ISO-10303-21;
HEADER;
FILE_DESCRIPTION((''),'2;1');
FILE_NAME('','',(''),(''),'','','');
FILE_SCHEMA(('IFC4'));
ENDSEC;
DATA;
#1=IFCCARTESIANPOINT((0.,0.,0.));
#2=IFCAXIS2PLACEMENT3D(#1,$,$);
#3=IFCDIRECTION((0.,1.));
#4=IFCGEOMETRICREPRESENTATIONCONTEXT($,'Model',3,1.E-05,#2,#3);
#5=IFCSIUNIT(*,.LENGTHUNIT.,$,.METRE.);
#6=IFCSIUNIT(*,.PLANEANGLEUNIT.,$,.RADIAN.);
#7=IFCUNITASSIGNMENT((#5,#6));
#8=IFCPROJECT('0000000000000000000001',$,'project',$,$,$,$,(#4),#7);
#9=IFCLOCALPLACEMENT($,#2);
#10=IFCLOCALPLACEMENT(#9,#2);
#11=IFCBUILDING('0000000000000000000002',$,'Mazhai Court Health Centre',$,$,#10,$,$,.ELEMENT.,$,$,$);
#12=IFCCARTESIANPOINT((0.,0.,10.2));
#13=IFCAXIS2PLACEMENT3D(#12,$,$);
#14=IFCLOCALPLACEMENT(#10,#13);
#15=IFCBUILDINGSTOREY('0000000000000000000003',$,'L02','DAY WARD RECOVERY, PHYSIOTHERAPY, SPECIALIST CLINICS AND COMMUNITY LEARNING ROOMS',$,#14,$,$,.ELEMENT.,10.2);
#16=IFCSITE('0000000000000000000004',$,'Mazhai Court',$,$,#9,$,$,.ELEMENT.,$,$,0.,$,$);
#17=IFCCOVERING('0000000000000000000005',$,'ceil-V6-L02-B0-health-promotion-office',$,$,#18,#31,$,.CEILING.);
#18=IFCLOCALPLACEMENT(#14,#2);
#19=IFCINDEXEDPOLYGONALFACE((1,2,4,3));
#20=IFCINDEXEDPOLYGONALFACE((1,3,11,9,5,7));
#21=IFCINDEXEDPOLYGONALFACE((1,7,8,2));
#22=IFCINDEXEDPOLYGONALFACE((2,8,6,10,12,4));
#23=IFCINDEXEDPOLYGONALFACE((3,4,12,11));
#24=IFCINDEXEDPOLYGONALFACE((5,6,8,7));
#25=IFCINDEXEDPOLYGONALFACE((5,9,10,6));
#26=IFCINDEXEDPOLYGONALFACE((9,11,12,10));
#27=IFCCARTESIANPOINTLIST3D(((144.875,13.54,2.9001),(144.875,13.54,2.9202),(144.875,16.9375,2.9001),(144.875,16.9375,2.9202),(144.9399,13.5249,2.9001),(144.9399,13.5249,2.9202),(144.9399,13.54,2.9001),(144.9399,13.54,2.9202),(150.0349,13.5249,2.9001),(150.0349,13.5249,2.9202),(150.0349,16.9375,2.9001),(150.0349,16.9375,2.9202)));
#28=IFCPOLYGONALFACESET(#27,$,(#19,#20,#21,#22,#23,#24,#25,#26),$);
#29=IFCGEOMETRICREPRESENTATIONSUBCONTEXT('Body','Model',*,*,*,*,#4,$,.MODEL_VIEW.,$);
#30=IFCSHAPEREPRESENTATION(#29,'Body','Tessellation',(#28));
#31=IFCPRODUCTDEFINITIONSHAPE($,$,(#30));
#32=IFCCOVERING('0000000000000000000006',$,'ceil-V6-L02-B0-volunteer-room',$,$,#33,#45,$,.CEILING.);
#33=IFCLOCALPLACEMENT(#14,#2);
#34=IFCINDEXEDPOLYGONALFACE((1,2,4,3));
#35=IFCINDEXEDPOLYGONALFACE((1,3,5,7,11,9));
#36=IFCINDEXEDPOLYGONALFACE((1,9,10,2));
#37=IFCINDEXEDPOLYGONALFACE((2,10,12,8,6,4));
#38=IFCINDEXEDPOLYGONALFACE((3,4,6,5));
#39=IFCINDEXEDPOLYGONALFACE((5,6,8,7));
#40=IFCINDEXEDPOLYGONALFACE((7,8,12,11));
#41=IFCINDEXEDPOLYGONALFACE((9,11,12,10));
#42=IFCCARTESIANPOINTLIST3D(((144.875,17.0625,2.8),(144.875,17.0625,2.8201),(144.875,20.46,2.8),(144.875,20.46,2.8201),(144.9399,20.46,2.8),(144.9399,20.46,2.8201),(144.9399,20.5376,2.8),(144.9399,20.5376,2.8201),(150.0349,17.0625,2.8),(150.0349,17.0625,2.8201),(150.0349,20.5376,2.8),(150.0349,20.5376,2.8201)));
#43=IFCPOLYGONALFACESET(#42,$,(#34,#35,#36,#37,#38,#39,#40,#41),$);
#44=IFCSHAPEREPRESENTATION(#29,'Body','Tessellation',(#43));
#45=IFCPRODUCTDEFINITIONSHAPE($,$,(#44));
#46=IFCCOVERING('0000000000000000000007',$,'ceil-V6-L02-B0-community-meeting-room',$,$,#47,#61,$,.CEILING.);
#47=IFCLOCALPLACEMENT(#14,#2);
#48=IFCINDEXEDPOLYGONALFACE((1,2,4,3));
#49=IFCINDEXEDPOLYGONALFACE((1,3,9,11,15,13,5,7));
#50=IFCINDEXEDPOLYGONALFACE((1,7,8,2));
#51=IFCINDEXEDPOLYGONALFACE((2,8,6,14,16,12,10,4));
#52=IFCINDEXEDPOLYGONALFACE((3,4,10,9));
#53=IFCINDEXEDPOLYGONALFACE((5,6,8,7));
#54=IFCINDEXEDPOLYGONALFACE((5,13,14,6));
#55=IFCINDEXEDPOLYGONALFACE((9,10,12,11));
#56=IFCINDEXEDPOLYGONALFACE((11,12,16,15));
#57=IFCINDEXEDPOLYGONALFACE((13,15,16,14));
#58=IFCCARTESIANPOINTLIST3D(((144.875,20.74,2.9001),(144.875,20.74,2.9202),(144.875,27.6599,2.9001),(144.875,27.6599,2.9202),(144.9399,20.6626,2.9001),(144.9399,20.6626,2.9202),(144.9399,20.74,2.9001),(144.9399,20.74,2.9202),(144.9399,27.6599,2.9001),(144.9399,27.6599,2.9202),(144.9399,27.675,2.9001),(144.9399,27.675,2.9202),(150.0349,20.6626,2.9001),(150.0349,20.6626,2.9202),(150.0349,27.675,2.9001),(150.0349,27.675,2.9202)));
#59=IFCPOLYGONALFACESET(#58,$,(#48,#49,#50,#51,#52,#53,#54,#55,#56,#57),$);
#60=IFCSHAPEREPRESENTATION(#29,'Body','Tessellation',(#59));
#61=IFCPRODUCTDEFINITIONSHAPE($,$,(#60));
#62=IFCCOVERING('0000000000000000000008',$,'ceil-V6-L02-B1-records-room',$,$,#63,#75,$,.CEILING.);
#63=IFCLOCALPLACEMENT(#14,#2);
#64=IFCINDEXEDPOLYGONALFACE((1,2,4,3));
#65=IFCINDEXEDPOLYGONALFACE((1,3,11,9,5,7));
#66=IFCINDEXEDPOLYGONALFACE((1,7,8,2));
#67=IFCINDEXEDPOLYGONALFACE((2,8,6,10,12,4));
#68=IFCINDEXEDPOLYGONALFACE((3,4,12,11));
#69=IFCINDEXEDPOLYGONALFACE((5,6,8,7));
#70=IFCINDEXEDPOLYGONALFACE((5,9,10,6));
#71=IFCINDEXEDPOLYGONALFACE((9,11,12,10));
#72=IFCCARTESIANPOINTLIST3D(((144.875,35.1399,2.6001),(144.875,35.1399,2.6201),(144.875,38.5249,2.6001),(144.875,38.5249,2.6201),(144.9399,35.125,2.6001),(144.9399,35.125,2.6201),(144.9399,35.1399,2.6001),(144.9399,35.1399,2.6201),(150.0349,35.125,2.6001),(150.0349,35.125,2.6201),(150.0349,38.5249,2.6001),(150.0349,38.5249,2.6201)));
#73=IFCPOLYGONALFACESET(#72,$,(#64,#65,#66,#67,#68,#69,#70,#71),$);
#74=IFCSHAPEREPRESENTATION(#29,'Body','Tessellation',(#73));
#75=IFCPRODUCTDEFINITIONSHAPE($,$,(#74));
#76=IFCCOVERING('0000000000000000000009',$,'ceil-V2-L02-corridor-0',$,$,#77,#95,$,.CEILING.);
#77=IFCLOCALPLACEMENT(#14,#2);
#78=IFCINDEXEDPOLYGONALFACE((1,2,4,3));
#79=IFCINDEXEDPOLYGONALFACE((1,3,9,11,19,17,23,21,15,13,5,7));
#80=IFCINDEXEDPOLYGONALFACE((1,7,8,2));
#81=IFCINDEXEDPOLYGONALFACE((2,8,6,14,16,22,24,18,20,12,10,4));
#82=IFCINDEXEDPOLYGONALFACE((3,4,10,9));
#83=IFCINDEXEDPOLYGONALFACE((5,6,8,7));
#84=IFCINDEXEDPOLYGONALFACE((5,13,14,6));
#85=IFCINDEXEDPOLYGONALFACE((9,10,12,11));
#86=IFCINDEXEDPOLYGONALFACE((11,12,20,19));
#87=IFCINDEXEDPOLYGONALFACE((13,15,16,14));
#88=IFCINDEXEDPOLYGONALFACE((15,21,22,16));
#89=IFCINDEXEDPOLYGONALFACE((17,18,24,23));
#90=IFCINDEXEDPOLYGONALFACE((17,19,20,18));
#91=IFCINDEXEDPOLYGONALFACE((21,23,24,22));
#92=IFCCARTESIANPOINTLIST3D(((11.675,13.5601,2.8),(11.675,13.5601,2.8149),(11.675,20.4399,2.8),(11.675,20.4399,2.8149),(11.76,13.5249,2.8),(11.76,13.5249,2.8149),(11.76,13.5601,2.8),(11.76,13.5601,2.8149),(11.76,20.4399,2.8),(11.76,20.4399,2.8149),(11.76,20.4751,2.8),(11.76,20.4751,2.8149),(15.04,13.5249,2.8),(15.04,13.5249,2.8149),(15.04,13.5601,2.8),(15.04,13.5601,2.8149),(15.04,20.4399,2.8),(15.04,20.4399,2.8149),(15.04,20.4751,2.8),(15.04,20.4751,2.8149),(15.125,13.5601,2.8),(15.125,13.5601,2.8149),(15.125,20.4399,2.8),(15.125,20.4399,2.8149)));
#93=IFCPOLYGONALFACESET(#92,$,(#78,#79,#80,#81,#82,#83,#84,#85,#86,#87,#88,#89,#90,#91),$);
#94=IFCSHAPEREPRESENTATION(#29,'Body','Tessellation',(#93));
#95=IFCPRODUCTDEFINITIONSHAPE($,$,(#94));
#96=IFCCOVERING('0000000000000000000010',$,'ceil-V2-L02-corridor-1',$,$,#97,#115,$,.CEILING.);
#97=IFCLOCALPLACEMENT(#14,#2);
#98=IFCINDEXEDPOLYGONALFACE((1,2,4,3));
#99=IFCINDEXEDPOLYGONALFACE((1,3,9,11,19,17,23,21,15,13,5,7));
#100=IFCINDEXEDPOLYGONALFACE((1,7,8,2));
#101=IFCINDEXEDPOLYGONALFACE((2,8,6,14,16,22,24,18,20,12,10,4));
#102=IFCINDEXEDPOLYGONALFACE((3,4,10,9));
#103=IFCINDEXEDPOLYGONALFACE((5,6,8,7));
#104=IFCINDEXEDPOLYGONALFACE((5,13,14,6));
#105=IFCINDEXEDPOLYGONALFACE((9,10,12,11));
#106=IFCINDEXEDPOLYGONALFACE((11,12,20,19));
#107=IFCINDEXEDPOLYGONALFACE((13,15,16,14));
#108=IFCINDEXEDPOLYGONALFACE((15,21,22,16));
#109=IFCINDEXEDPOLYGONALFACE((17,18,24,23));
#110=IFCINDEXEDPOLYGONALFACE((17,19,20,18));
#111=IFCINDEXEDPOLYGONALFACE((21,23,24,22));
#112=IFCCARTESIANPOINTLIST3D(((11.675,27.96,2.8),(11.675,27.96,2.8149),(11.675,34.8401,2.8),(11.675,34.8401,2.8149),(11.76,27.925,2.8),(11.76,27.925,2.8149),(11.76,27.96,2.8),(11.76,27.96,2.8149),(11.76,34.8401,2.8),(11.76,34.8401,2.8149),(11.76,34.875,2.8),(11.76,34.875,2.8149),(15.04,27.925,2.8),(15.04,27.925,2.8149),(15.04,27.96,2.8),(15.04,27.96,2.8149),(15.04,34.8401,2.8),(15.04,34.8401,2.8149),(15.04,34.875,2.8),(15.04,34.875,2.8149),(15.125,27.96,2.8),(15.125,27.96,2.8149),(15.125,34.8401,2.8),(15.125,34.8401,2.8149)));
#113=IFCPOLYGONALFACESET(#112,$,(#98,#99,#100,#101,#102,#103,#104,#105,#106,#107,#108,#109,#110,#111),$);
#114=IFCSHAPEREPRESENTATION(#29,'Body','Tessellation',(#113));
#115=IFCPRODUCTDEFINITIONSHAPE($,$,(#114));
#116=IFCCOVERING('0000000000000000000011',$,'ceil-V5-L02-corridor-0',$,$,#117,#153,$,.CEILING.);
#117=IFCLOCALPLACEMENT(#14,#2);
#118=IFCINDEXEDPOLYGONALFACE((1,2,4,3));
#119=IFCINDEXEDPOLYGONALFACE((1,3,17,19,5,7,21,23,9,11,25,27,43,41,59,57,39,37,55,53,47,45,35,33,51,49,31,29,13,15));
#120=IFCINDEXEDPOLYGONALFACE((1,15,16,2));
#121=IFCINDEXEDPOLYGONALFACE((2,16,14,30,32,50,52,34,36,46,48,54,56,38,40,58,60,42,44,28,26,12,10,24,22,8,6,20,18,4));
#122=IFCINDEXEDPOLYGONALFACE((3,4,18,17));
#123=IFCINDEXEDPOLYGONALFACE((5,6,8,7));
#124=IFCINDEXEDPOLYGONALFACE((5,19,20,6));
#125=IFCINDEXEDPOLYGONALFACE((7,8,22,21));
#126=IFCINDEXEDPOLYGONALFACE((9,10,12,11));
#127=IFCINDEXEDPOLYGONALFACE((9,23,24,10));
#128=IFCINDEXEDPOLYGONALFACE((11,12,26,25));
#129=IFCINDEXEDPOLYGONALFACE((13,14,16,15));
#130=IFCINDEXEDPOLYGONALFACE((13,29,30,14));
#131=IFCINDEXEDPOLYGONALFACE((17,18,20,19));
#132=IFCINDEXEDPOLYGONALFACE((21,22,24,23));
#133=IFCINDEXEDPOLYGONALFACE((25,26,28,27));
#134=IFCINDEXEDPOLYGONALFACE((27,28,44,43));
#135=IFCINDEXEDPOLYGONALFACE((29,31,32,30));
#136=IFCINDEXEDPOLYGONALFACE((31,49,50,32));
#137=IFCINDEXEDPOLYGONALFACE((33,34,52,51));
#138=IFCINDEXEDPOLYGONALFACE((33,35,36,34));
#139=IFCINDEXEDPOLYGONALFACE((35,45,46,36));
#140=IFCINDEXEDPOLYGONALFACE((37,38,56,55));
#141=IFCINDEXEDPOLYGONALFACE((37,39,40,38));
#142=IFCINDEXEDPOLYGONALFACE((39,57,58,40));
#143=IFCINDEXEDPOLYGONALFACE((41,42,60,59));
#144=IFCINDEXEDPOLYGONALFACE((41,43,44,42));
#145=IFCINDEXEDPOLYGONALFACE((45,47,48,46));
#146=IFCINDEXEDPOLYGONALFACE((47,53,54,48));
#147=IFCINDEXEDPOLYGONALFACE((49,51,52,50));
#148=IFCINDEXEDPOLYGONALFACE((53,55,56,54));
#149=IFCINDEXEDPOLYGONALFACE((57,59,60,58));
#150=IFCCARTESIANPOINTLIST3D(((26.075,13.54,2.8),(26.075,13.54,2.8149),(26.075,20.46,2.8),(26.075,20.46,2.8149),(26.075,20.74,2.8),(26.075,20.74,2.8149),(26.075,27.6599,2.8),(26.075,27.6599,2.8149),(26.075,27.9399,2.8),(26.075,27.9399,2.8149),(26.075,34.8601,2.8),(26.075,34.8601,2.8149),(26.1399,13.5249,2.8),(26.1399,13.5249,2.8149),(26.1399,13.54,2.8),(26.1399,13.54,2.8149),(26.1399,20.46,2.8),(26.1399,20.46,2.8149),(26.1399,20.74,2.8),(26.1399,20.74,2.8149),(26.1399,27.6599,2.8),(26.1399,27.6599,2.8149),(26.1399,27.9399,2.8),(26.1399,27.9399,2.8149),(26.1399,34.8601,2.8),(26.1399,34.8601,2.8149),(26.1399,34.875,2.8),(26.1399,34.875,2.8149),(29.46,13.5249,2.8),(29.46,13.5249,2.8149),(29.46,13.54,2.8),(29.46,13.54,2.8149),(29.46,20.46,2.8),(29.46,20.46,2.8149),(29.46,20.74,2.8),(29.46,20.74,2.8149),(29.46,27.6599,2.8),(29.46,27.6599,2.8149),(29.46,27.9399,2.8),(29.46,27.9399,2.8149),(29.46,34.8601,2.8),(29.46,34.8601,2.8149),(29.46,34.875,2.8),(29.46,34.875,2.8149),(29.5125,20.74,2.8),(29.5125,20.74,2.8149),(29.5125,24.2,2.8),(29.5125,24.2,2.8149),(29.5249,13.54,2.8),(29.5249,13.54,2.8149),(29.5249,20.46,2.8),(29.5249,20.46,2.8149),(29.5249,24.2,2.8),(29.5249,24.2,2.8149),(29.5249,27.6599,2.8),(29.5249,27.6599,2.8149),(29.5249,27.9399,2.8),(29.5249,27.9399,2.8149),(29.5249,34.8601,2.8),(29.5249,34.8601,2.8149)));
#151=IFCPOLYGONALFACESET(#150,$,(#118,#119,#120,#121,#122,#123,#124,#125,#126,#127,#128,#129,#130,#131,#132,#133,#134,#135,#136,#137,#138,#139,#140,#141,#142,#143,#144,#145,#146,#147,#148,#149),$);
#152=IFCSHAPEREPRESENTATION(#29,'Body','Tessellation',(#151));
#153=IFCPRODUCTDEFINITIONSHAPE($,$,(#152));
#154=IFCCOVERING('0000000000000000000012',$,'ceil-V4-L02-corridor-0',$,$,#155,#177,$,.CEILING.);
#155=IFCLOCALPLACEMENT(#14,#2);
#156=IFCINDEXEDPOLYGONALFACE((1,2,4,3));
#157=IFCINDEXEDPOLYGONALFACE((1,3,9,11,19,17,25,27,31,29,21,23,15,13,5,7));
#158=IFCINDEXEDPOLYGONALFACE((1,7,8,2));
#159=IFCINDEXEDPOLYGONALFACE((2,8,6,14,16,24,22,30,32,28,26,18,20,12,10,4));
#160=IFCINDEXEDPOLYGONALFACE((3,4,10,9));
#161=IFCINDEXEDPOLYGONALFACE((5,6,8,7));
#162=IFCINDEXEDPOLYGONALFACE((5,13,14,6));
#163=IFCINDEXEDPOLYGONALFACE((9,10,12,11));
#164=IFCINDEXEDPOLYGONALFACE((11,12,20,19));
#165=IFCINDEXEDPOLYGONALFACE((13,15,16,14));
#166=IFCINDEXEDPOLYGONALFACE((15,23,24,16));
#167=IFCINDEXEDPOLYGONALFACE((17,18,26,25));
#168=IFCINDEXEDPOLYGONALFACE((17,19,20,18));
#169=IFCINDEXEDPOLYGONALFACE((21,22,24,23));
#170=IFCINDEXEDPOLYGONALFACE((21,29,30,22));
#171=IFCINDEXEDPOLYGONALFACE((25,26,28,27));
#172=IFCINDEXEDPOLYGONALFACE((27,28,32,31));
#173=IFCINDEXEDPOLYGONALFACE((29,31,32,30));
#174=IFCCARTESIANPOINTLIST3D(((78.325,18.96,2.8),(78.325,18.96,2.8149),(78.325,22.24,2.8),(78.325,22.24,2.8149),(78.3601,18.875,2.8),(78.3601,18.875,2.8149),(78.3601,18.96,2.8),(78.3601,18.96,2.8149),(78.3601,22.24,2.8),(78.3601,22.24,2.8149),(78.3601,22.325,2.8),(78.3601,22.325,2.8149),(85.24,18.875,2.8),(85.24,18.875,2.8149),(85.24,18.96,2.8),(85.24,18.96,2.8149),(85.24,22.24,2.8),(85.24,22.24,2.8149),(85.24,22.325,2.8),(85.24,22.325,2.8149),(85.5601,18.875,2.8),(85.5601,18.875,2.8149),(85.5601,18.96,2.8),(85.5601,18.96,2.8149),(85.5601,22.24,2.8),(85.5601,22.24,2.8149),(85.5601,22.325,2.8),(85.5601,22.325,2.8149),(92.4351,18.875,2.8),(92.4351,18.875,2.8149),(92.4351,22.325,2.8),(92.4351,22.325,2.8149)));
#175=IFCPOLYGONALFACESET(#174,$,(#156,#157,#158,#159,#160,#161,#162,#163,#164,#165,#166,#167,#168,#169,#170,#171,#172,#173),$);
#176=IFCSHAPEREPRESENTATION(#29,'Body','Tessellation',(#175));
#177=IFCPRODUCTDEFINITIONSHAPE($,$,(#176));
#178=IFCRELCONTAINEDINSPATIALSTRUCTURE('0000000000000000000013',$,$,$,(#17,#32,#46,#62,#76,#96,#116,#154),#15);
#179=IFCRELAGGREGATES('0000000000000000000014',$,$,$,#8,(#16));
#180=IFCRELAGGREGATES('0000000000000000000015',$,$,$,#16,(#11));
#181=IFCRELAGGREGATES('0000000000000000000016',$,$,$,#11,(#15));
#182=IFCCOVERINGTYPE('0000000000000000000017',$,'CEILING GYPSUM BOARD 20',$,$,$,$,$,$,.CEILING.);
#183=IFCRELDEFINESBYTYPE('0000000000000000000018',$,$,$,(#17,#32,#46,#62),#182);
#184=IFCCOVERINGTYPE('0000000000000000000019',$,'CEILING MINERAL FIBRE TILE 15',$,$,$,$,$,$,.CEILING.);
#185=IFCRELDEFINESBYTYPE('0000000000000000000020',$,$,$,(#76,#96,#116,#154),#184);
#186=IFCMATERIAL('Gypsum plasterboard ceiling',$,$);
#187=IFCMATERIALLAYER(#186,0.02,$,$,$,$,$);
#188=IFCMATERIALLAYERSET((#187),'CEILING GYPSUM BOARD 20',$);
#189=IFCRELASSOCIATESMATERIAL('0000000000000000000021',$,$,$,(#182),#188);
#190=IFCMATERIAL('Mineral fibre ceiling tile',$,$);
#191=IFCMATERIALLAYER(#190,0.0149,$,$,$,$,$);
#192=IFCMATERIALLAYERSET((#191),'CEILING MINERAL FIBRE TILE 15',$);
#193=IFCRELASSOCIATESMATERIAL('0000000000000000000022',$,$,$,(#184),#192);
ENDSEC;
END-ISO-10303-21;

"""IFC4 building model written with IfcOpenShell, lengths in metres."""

from ifc_helpers import new_model, si_unit, direction, frame, origin, place, context, subcontext, project, spatial, polyline, outline, extrude, material, layer, layer_set, type_object, element, save


model = new_model("IFC4")

# Units and contexts
model_context = context("Model", 3, precision=1e-05, world=origin(), true_north=direction((0.0, 1.0)))
body_context = subcontext(model_context, "Body", "Model", "MODEL_VIEW")
ifc_project = project(units=[si_unit("LENGTHUNIT", "METRE"), si_unit("PLANEANGLEUNIT", "RADIAN")], contexts=[model_context])

# Site, building, storey
site_placement = place(None, origin())
site = spatial("IfcSite", under=ifc_project, at=site_placement, Name="Mazhai Court", CompositionType="ELEMENT", RefElevation=0.0)
building_placement = place(site_placement, origin())
building = spatial("IfcBuilding", under=site, at=building_placement, Name="Mazhai Court Health Centre", CompositionType="ELEMENT")
storey_placement = place(building_placement, frame((0.0, 0.0, 10.2)))
storey = spatial("IfcBuildingStorey", under=building, at=storey_placement, Name="L02", Description="DAY WARD RECOVERY, PHYSIOTHERAPY, SPECIALIST CLINICS AND COMMUNITY LEARNING ROOMS", CompositionType="ELEMENT", Elevation=10.2)

# Coverings
ifc_material_1 = material(Name="Gypsum plasterboard ceiling")
ifc_layer_1 = layer(ifc_material_1, 0.02)
ifc_layer_set_1 = layer_set([ifc_layer_1], Name="CEILING GYPSUM BOARD 20")
covering_type_1 = type_object("IfcCoveringType", Name="CEILING GYPSUM BOARD 20", PredefinedType="CEILING", material=ifc_layer_set_1)
covering_1_placement = place(storey_placement, frame((0.0, 0.0, 2.9001)))
element("IfcCovering", 1, at=covering_1_placement, inside=storey, type_object=covering_type_1, Name="ceil-V6-L02-B0-health-promotion-office", PredefinedType="CEILING", context=body_context, shape_type="SweptSolid", body=[
    extrude(outline(polyline([(144.875, 13.54), (144.9399, 13.54), (144.9399, 13.5249), (150.0349, 13.5249), (150.0349, 16.9375), (144.875, 16.9375), (144.875, 13.54)])), origin(), (0.0, 0.0, 1.0), 0.02),
])
covering_2_placement = place(storey_placement, frame((0.0, 0.0, 2.8)))
element("IfcCovering", 2, at=covering_2_placement, inside=storey, type_object=covering_type_1, Name="ceil-V6-L02-B0-volunteer-room", PredefinedType="CEILING", context=body_context, shape_type="SweptSolid", body=[
    extrude(outline(polyline([(144.9399, 20.5376), (144.9399, 20.46), (144.875, 20.46), (144.875, 17.0625), (150.0349, 17.0625), (150.0349, 20.5376), (144.9399, 20.5376)])), origin(), (0.0, 0.0, 1.0), 0.02),
])
covering_3_placement = place(storey_placement, frame((0.0, 0.0, 2.9001)))
element("IfcCovering", 3, at=covering_3_placement, inside=storey, type_object=covering_type_1, Name="ceil-V6-L02-B0-community-meeting-room", PredefinedType="CEILING", context=body_context, shape_type="SweptSolid", body=[
    extrude(outline(polyline([(144.9399, 27.675), (144.9399, 27.6599), (144.875, 27.6599), (144.875, 20.74), (144.9399, 20.74), (144.9399, 20.6626), (150.0349, 20.6626), (150.0349, 27.675), (144.9399, 27.675)])), origin(), (0.0, 0.0, 1.0), 0.02),
])
covering_4_placement = place(storey_placement, frame((0.0, 0.0, 2.6001)))
element("IfcCovering", 4, at=covering_4_placement, inside=storey, type_object=covering_type_1, Name="ceil-V6-L02-B1-records-room", PredefinedType="CEILING", context=body_context, shape_type="SweptSolid", body=[
    extrude(outline(polyline([(144.875, 35.1399), (144.9399, 35.1399), (144.9399, 35.125), (150.0349, 35.125), (150.0349, 38.5249), (144.875, 38.5249), (144.875, 35.1399)])), origin(), (0.0, 0.0, 1.0), 0.02),
])
ifc_material_2 = material(Name="Mineral fibre ceiling tile")
ifc_layer_2 = layer(ifc_material_2, 0.0149)
ifc_layer_set_2 = layer_set([ifc_layer_2], Name="CEILING MINERAL FIBRE TILE 15")
covering_type_2 = type_object("IfcCoveringType", Name="CEILING MINERAL FIBRE TILE 15", PredefinedType="CEILING", material=ifc_layer_set_2)
covering_5_placement = place(storey_placement, frame((0.0, 0.0, 2.8)))
element("IfcCovering", 5, at=covering_5_placement, inside=storey, type_object=covering_type_2, Name="ceil-V2-L02-corridor-0", PredefinedType="CEILING", context=body_context, shape_type="SweptSolid", body=[
    extrude(outline(polyline([(15.04, 13.5249), (15.04, 13.5601), (15.125, 13.5601), (15.125, 20.4399), (15.04, 20.4399), (15.04, 20.4751), (11.76, 20.4751), (11.76, 20.4399), (11.675, 20.4399), (11.675, 13.5601), (11.76, 13.5601), (11.76, 13.5249), (15.04, 13.5249)])), origin(), (0.0, 0.0, 1.0), 0.0149),
])
covering_6_placement = place(storey_placement, frame((0.0, 0.0, 2.8)))
element("IfcCovering", 6, at=covering_6_placement, inside=storey, type_object=covering_type_2, Name="ceil-V2-L02-corridor-1", PredefinedType="CEILING", context=body_context, shape_type="SweptSolid", body=[
    extrude(outline(polyline([(15.04, 27.925), (15.04, 27.96), (15.125, 27.96), (15.125, 34.8401), (15.04, 34.8401), (15.04, 34.875), (11.76, 34.875), (11.76, 34.8401), (11.675, 34.8401), (11.675, 27.96), (11.76, 27.96), (11.76, 27.925), (15.04, 27.925)])), origin(), (0.0, 0.0, 1.0), 0.0149),
])
covering_7_placement = place(storey_placement, frame((0.0, 0.0, 2.8)))
element("IfcCovering", 7, at=covering_7_placement, inside=storey, type_object=covering_type_2, Name="ceil-V5-L02-corridor-0", PredefinedType="CEILING", context=body_context, shape_type="SweptSolid", body=[
    extrude(outline(polyline([(29.46, 13.5249), (29.46, 13.54), (29.5249, 13.54), (29.5249, 20.46), (29.46, 20.46), (29.46, 20.74), (29.5125, 20.74), (29.5125, 24.2), (29.5249, 24.2), (29.5249, 27.6599), (29.46, 27.6599), (29.46, 27.9399), (29.5249, 27.9399), (29.5249, 34.8601), (29.46, 34.8601), (29.46, 34.875), (26.1399, 34.875), (26.1399, 34.8601), (26.075, 34.8601), (26.075, 27.9399), (26.1399, 27.9399), (26.1399, 27.6599), (26.075, 27.6599), (26.075, 20.74), (26.1399, 20.74), (26.1399, 20.46), (26.075, 20.46), (26.075, 13.54), (26.1399, 13.54), (26.1399, 13.5249), (29.46, 13.5249)])), origin(), (0.0, 0.0, 1.0), 0.0149),
])
covering_8_placement = place(storey_placement, frame((0.0, 0.0, 2.8)))
element("IfcCovering", 8, at=covering_8_placement, inside=storey, type_object=covering_type_2, Name="ceil-V4-L02-corridor-0", PredefinedType="CEILING", context=body_context, shape_type="SweptSolid", body=[
    extrude(outline(polyline([(92.4351, 22.325), (85.5601, 22.325), (85.5601, 22.24), (85.24, 22.24), (85.24, 22.325), (78.3601, 22.325), (78.3601, 22.24), (78.325, 22.24), (78.325, 18.96), (78.3601, 18.96), (78.3601, 18.875), (85.24, 18.875), (85.24, 18.96), (85.5601, 18.96), (85.5601, 18.875), (92.4351, 18.875), (92.4351, 22.325)])), origin(), (0.0, 0.0, 1.0), 0.0149),
])

save(model, "model.ifc")
